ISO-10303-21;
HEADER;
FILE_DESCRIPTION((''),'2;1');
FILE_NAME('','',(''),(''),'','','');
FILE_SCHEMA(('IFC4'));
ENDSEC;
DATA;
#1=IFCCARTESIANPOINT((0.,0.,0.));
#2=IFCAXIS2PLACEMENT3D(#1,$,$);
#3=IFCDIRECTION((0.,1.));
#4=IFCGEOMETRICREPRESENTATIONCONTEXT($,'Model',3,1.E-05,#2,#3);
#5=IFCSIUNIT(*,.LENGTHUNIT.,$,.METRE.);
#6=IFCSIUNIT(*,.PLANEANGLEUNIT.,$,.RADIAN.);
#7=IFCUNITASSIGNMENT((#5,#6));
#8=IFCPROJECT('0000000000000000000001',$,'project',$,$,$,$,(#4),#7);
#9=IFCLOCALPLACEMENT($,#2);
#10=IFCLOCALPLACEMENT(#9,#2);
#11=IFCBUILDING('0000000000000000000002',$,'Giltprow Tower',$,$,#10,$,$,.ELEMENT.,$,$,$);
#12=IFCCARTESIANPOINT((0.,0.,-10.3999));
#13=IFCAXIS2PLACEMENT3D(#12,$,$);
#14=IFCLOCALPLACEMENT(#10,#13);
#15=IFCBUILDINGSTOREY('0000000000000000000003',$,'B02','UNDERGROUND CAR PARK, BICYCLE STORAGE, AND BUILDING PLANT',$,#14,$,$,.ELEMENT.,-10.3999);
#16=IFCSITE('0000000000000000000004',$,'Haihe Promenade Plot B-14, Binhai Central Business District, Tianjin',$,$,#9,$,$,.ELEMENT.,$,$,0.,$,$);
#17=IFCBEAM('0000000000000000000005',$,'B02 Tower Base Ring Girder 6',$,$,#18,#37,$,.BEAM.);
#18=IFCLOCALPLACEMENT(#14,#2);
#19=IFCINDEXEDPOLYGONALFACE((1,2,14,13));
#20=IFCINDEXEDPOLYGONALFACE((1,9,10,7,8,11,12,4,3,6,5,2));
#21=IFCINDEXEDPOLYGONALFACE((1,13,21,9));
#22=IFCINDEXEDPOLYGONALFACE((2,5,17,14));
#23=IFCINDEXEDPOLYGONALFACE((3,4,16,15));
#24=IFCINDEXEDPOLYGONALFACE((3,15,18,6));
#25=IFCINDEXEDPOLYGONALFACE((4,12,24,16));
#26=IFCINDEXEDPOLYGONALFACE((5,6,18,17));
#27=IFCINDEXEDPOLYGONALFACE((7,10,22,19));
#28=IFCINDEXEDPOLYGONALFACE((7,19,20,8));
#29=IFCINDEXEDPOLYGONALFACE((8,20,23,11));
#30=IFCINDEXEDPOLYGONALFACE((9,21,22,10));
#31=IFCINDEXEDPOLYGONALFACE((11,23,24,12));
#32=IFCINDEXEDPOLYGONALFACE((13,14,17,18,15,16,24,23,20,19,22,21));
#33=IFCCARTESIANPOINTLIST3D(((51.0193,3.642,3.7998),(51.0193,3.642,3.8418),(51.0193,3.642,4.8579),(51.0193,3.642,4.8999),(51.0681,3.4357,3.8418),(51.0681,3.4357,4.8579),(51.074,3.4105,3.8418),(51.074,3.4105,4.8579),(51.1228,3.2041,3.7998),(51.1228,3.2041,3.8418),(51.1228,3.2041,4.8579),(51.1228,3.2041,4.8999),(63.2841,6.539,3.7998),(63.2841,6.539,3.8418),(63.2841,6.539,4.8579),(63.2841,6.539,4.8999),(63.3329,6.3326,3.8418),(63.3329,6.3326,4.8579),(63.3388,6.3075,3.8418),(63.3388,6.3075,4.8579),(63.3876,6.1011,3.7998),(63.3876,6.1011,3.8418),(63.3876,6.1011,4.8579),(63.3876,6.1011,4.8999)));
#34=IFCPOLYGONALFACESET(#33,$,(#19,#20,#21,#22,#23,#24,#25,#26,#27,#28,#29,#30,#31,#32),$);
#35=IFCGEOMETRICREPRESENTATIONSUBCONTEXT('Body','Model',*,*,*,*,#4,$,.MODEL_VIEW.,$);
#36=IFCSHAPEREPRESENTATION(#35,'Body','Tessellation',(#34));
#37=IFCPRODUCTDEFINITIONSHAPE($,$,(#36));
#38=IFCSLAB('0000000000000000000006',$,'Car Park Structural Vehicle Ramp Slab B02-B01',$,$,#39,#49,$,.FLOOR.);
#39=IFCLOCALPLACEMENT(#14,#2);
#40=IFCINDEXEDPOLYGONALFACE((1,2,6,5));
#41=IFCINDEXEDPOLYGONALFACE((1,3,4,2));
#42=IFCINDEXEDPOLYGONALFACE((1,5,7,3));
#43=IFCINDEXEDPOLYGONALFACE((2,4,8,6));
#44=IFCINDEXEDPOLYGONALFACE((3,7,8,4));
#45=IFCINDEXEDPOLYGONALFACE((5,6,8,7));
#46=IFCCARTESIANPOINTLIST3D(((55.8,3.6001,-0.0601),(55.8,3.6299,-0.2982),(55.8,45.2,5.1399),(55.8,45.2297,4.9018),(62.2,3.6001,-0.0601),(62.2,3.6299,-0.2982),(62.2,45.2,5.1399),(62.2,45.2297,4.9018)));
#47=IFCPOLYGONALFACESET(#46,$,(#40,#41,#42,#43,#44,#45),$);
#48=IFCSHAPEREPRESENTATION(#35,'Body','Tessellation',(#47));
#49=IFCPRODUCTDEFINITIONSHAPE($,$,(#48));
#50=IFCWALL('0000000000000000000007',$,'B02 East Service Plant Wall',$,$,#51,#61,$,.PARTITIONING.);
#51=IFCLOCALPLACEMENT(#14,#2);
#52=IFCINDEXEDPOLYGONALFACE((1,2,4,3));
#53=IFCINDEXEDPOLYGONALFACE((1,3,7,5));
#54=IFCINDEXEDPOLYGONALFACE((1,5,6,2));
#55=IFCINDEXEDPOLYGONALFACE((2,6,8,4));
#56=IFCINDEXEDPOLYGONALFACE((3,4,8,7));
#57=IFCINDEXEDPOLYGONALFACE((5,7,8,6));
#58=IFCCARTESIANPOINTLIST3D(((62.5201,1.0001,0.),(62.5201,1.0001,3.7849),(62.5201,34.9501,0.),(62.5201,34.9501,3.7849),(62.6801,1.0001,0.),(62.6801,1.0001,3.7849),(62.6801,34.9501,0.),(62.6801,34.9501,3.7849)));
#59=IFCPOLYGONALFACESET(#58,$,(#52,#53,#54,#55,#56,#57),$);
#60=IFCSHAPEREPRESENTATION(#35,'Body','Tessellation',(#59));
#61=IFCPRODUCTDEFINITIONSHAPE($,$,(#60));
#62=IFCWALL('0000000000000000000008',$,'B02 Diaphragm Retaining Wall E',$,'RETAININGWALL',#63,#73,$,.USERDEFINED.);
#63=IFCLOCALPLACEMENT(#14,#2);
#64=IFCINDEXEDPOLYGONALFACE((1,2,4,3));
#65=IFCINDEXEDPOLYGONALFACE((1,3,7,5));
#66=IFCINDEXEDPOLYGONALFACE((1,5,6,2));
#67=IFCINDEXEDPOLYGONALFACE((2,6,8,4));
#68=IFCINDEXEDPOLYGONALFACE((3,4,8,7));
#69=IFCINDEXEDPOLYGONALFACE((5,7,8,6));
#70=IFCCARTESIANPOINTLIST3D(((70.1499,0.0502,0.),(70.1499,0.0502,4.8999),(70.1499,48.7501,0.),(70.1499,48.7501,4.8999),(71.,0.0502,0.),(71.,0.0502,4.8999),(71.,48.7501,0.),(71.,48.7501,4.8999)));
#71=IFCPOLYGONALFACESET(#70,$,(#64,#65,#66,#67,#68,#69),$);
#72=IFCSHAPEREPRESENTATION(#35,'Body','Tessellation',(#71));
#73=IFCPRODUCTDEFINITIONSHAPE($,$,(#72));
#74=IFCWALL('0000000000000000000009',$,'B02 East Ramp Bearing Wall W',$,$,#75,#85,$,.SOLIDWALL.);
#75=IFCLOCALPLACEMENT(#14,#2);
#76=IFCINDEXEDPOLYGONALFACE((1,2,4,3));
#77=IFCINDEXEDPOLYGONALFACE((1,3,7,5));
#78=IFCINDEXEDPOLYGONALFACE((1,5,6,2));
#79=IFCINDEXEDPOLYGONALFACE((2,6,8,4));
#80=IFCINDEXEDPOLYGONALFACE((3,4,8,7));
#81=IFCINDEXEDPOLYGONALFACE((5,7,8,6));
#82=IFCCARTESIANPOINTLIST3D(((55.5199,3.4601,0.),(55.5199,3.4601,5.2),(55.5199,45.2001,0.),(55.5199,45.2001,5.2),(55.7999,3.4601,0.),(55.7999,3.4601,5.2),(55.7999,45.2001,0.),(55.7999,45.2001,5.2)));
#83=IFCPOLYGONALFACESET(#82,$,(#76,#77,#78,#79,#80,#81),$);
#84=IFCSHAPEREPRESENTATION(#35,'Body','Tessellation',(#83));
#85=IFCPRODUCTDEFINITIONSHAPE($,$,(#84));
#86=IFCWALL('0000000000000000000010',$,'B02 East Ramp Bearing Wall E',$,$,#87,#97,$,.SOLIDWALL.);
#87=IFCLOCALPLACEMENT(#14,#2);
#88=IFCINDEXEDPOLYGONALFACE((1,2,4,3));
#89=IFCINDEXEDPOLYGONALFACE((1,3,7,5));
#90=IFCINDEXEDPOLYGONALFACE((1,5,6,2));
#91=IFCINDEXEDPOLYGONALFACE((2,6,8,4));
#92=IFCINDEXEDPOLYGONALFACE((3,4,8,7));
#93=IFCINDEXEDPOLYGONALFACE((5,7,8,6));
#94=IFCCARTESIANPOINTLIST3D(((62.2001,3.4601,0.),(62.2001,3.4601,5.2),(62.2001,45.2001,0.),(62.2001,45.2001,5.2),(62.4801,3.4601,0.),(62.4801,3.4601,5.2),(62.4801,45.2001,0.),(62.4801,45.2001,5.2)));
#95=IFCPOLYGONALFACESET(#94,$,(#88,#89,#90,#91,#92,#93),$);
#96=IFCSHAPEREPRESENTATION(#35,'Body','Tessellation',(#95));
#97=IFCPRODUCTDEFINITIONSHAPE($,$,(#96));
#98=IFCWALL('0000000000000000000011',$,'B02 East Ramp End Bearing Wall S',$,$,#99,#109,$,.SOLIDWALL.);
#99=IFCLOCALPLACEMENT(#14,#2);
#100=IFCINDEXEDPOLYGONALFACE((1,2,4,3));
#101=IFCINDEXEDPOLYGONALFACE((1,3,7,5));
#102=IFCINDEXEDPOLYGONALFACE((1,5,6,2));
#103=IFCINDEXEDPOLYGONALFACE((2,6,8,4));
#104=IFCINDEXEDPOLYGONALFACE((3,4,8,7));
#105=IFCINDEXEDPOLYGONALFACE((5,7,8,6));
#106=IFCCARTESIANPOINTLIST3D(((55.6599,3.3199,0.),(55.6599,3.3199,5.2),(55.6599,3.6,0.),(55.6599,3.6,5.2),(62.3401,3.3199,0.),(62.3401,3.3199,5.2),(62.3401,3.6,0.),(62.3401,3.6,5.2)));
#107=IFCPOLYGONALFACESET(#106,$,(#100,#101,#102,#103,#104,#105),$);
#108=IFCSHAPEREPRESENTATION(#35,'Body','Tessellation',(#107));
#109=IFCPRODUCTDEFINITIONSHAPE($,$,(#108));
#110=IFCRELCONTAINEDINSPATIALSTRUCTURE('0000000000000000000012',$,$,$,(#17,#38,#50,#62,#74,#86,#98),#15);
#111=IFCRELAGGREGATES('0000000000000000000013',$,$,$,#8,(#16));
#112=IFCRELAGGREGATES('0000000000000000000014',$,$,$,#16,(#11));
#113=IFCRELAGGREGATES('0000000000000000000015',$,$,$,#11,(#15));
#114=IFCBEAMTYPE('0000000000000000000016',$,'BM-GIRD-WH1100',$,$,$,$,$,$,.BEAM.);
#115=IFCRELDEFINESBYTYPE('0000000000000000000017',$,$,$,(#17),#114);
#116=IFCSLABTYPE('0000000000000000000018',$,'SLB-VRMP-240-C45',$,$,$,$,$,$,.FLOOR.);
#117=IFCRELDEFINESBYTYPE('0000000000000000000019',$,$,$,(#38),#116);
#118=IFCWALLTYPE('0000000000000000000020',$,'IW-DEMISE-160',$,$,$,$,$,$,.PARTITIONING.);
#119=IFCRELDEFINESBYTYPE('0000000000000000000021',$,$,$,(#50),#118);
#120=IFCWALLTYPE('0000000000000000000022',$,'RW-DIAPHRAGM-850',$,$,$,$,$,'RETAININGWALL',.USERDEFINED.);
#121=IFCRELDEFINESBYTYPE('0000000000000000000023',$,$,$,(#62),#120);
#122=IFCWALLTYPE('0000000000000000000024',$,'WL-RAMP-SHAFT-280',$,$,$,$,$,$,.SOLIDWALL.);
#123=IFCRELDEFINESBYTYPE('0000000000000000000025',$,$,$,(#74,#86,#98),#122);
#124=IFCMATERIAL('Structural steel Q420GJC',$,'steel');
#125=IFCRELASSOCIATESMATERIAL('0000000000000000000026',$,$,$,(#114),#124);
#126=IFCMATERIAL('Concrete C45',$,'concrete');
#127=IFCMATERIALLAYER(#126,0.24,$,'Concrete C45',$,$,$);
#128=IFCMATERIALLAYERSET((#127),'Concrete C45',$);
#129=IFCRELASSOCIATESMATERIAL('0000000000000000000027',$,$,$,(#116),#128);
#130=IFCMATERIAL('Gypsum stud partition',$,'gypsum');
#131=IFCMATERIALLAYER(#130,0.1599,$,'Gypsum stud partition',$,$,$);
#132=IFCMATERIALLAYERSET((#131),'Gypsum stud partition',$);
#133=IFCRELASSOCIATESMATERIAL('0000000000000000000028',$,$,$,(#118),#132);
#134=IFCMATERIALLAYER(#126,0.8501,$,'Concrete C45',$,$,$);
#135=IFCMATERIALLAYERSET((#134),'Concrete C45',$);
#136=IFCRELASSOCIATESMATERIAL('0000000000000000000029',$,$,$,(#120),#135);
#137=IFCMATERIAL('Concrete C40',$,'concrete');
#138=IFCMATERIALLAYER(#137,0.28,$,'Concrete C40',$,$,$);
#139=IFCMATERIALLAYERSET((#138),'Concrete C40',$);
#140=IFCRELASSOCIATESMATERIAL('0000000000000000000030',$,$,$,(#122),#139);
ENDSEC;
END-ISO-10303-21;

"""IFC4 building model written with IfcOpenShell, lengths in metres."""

from ifc_helpers import new_model, si_unit, direction, frame, frame_2d, origin, origin_2d, place, context, subcontext, project, spatial, polyline, rectangle, i_section, outline, extrude, source, transform, mapped, material, layer, layer_set, material_profile, profile_set, type_object, element, save


model = new_model("IFC4")

# Units and contexts
model_context = context("Model", 3, precision=1e-05, world=origin(), true_north=direction((0.0, 1.0)))
body_context = subcontext(model_context, "Body", "Model", "MODEL_VIEW")
ifc_project = project(units=[si_unit("LENGTHUNIT", "METRE"), si_unit("PLANEANGLEUNIT", "RADIAN")], contexts=[model_context])

# Site, building, storey
site_placement = place(None, origin())
site = spatial("IfcSite", under=ifc_project, at=site_placement, Name="Haihe Promenade Plot B-14, Binhai Central Business District, Tianjin", CompositionType="ELEMENT", RefElevation=0.0)
building_placement = place(site_placement, origin())
building = spatial("IfcBuilding", under=site, at=building_placement, Name="Giltprow Tower", CompositionType="ELEMENT")
storey_placement = place(building_placement, frame((0.0, 0.0, -10.3999)))
storey = spatial("IfcBuildingStorey", under=building, at=storey_placement, Name="B02", Description="UNDERGROUND CAR PARK, BICYCLE STORAGE, AND BUILDING PLANT", CompositionType="ELEMENT", Elevation=-10.3999)

# Shared definitions
ifc_material_1 = material(Name="Concrete C45", Category="concrete")

# Shared definitions
ifc_material_2 = material(Name="Structural steel Q420GJC", Category="steel")

# Beam
ifc_material_profile_1 = material_profile(ifc_material_2, i_section(OverallWidth=0.45, OverallDepth=1.1001, WebThickness=0.0259, FlangeThickness=0.042, at=origin_2d()), Name="WH 1100x450x26x42")
ifc_profile_set_1 = profile_set([ifc_material_profile_1], Name="Structural steel Q420GJC")
beam_type = type_object("IfcBeamType", Name="BM-GIRD-WH1100", PredefinedType="BEAM", material=ifc_profile_set_1)
shared_shape_1 = source(origin(), body_context, "Body", "SweptSolid", [
    extrude(i_section(OverallWidth=0.45, OverallDepth=1.1001, WebThickness=0.0259, FlangeThickness=0.042, at=origin_2d()), origin(), (0.0, 0.0, 1.0), 12.6023),
])
beam_1_placement = place(storey_placement, frame((51.071, 3.4231, 4.3499), z_axis=(0.97322, 0.229875, 0.0), x_axis=(-0.229875, 0.97322, 0.0)))
element("IfcBeam", 1, at=beam_1_placement, inside=storey, type_object=beam_type, Name="B02 Tower Base Ring Girder 6", PredefinedType="BEAM", context=body_context, shape_type="MappedRepresentation", body=[
    mapped(shared_shape_1, transform((0.0, 0.0, 0.0), x_axis=(1.0, 0.0, 0.0), y_axis=(0.0, 1.0, 0.0), z_axis=(0.0, 0.0, 1.0), scale=1.0)),
])

# Slab
ifc_layer_1 = layer(ifc_material_1, 0.24, Name="Concrete C45")
ifc_layer_set_1 = layer_set([ifc_layer_1], Name="Concrete C45")
slab_type = type_object("IfcSlabType", Name="SLB-VRMP-240-C45", PredefinedType="FLOOR", material=ifc_layer_set_1)
slab_placement = place(storey_placement, frame((55.8, 3.6001, -0.0601), z_axis=(0.0, -0.124034, 0.992278), x_axis=(1.0, 0.0, 0.0)))
element("IfcSlab", 2, at=slab_placement, inside=storey, type_object=slab_type, Name="Car Park Structural Vehicle Ramp Slab B02-B01", PredefinedType="FLOOR", context=body_context, shape_type="SweptSolid", body=[
    extrude(outline(polyline([(0.0, 0.0), (6.3999, 0.0), (6.3999, 41.9236), (0.0, 41.9236), (0.0, 0.0)])), origin(), (0.0, 0.0, -1.0), 0.24),
])

# Walls
ifc_material_3 = material(Name="Gypsum stud partition", Category="gypsum")
ifc_layer_2 = layer(ifc_material_3, 0.1599, Name="Gypsum stud partition")
ifc_layer_set_2 = layer_set([ifc_layer_2], Name="Gypsum stud partition")
wall_type_1 = type_object("IfcWallType", Name="IW-DEMISE-160", PredefinedType="PARTITIONING", material=ifc_layer_set_2)
wall_1_placement = place(storey_placement, frame((62.6001, 1.0, 0.0), z_axis=(0.0, 0.0, 1.0), x_axis=(0.0, 1.0, 0.0)))
element("IfcWall", 3, at=wall_1_placement, inside=storey, type_object=wall_type_1, Name="B02 East Service Plant Wall", PredefinedType="PARTITIONING", context=body_context, shape_type="SweptSolid", body=[
    extrude(rectangle(XDim=33.95, YDim=0.1599, at=frame_2d((16.9751, 0.0))), origin(), (0.0, 0.0, 1.0), 3.7849),
])
ifc_layer_3 = layer(ifc_material_1, 0.8501, Name="Concrete C45")
ifc_layer_set_3 = layer_set([ifc_layer_3], Name="Concrete C45")
wall_type_2 = type_object("IfcWallType", Name="RW-DIAPHRAGM-850", ElementType="RETAININGWALL", PredefinedType="USERDEFINED", material=ifc_layer_set_3)
wall_2_placement = place(storey_placement, frame((70.575, 0.05, 0.0), z_axis=(0.0, 0.0, 1.0), x_axis=(0.0, 1.0, 0.0)))
element("IfcWall", 4, at=wall_2_placement, inside=storey, type_object=wall_type_2, Name="B02 Diaphragm Retaining Wall E", ObjectType="RETAININGWALL", PredefinedType="USERDEFINED", context=body_context, shape_type="SweptSolid", body=[
    extrude(rectangle(XDim=48.7, YDim=0.8501, at=frame_2d((24.3501, 0.0))), origin(), (0.0, 0.0, 1.0), 4.8999),
])
ifc_material_4 = material(Name="Concrete C40", Category="concrete")
ifc_layer_4 = layer(ifc_material_4, 0.28, Name="Concrete C40")
ifc_layer_set_4 = layer_set([ifc_layer_4], Name="Concrete C40")
wall_type_3 = type_object("IfcWallType", Name="WL-RAMP-SHAFT-280", PredefinedType="SOLIDWALL", material=ifc_layer_set_4)
for number, where, z_axis, x_axis, name in (
    (5, (55.6599, 3.46, 0.0), (0.0, 0.0, 1.0), (0.0, 1.0, 0.0), "B02 East Ramp Bearing Wall W"),
    (6, (62.3401, 3.46, 0.0), (0.0, 0.0, 1.0), (0.0, 1.0, 0.0), "B02 East Ramp Bearing Wall E"),
):
    element("IfcWall", number, at=place(storey_placement, frame(where, z_axis=z_axis, x_axis=x_axis)), inside=storey, type_object=wall_type_3, Name=name, PredefinedType="SOLIDWALL", context=body_context, shape_type="SweptSolid", body=[
        extrude(rectangle(XDim=41.74, YDim=0.28, at=frame_2d((20.8701, 0.0))), origin(), (0.0, 0.0, 1.0), 5.2),
    ])
wall_3_placement = place(storey_placement, frame((55.6599, 3.46, 0.0), z_axis=(0.0, 0.0, 1.0), x_axis=(1.0, 0.0, 0.0)))
element("IfcWall", 7, at=wall_3_placement, inside=storey, type_object=wall_type_3, Name="B02 East Ramp End Bearing Wall S", PredefinedType="SOLIDWALL", context=body_context, shape_type="SweptSolid", body=[
    extrude(rectangle(XDim=6.6802, YDim=0.28, at=frame_2d((3.3401, 0.0))), origin(), (0.0, 0.0, 1.0), 5.2),
])

save(model, "model.ifc")
